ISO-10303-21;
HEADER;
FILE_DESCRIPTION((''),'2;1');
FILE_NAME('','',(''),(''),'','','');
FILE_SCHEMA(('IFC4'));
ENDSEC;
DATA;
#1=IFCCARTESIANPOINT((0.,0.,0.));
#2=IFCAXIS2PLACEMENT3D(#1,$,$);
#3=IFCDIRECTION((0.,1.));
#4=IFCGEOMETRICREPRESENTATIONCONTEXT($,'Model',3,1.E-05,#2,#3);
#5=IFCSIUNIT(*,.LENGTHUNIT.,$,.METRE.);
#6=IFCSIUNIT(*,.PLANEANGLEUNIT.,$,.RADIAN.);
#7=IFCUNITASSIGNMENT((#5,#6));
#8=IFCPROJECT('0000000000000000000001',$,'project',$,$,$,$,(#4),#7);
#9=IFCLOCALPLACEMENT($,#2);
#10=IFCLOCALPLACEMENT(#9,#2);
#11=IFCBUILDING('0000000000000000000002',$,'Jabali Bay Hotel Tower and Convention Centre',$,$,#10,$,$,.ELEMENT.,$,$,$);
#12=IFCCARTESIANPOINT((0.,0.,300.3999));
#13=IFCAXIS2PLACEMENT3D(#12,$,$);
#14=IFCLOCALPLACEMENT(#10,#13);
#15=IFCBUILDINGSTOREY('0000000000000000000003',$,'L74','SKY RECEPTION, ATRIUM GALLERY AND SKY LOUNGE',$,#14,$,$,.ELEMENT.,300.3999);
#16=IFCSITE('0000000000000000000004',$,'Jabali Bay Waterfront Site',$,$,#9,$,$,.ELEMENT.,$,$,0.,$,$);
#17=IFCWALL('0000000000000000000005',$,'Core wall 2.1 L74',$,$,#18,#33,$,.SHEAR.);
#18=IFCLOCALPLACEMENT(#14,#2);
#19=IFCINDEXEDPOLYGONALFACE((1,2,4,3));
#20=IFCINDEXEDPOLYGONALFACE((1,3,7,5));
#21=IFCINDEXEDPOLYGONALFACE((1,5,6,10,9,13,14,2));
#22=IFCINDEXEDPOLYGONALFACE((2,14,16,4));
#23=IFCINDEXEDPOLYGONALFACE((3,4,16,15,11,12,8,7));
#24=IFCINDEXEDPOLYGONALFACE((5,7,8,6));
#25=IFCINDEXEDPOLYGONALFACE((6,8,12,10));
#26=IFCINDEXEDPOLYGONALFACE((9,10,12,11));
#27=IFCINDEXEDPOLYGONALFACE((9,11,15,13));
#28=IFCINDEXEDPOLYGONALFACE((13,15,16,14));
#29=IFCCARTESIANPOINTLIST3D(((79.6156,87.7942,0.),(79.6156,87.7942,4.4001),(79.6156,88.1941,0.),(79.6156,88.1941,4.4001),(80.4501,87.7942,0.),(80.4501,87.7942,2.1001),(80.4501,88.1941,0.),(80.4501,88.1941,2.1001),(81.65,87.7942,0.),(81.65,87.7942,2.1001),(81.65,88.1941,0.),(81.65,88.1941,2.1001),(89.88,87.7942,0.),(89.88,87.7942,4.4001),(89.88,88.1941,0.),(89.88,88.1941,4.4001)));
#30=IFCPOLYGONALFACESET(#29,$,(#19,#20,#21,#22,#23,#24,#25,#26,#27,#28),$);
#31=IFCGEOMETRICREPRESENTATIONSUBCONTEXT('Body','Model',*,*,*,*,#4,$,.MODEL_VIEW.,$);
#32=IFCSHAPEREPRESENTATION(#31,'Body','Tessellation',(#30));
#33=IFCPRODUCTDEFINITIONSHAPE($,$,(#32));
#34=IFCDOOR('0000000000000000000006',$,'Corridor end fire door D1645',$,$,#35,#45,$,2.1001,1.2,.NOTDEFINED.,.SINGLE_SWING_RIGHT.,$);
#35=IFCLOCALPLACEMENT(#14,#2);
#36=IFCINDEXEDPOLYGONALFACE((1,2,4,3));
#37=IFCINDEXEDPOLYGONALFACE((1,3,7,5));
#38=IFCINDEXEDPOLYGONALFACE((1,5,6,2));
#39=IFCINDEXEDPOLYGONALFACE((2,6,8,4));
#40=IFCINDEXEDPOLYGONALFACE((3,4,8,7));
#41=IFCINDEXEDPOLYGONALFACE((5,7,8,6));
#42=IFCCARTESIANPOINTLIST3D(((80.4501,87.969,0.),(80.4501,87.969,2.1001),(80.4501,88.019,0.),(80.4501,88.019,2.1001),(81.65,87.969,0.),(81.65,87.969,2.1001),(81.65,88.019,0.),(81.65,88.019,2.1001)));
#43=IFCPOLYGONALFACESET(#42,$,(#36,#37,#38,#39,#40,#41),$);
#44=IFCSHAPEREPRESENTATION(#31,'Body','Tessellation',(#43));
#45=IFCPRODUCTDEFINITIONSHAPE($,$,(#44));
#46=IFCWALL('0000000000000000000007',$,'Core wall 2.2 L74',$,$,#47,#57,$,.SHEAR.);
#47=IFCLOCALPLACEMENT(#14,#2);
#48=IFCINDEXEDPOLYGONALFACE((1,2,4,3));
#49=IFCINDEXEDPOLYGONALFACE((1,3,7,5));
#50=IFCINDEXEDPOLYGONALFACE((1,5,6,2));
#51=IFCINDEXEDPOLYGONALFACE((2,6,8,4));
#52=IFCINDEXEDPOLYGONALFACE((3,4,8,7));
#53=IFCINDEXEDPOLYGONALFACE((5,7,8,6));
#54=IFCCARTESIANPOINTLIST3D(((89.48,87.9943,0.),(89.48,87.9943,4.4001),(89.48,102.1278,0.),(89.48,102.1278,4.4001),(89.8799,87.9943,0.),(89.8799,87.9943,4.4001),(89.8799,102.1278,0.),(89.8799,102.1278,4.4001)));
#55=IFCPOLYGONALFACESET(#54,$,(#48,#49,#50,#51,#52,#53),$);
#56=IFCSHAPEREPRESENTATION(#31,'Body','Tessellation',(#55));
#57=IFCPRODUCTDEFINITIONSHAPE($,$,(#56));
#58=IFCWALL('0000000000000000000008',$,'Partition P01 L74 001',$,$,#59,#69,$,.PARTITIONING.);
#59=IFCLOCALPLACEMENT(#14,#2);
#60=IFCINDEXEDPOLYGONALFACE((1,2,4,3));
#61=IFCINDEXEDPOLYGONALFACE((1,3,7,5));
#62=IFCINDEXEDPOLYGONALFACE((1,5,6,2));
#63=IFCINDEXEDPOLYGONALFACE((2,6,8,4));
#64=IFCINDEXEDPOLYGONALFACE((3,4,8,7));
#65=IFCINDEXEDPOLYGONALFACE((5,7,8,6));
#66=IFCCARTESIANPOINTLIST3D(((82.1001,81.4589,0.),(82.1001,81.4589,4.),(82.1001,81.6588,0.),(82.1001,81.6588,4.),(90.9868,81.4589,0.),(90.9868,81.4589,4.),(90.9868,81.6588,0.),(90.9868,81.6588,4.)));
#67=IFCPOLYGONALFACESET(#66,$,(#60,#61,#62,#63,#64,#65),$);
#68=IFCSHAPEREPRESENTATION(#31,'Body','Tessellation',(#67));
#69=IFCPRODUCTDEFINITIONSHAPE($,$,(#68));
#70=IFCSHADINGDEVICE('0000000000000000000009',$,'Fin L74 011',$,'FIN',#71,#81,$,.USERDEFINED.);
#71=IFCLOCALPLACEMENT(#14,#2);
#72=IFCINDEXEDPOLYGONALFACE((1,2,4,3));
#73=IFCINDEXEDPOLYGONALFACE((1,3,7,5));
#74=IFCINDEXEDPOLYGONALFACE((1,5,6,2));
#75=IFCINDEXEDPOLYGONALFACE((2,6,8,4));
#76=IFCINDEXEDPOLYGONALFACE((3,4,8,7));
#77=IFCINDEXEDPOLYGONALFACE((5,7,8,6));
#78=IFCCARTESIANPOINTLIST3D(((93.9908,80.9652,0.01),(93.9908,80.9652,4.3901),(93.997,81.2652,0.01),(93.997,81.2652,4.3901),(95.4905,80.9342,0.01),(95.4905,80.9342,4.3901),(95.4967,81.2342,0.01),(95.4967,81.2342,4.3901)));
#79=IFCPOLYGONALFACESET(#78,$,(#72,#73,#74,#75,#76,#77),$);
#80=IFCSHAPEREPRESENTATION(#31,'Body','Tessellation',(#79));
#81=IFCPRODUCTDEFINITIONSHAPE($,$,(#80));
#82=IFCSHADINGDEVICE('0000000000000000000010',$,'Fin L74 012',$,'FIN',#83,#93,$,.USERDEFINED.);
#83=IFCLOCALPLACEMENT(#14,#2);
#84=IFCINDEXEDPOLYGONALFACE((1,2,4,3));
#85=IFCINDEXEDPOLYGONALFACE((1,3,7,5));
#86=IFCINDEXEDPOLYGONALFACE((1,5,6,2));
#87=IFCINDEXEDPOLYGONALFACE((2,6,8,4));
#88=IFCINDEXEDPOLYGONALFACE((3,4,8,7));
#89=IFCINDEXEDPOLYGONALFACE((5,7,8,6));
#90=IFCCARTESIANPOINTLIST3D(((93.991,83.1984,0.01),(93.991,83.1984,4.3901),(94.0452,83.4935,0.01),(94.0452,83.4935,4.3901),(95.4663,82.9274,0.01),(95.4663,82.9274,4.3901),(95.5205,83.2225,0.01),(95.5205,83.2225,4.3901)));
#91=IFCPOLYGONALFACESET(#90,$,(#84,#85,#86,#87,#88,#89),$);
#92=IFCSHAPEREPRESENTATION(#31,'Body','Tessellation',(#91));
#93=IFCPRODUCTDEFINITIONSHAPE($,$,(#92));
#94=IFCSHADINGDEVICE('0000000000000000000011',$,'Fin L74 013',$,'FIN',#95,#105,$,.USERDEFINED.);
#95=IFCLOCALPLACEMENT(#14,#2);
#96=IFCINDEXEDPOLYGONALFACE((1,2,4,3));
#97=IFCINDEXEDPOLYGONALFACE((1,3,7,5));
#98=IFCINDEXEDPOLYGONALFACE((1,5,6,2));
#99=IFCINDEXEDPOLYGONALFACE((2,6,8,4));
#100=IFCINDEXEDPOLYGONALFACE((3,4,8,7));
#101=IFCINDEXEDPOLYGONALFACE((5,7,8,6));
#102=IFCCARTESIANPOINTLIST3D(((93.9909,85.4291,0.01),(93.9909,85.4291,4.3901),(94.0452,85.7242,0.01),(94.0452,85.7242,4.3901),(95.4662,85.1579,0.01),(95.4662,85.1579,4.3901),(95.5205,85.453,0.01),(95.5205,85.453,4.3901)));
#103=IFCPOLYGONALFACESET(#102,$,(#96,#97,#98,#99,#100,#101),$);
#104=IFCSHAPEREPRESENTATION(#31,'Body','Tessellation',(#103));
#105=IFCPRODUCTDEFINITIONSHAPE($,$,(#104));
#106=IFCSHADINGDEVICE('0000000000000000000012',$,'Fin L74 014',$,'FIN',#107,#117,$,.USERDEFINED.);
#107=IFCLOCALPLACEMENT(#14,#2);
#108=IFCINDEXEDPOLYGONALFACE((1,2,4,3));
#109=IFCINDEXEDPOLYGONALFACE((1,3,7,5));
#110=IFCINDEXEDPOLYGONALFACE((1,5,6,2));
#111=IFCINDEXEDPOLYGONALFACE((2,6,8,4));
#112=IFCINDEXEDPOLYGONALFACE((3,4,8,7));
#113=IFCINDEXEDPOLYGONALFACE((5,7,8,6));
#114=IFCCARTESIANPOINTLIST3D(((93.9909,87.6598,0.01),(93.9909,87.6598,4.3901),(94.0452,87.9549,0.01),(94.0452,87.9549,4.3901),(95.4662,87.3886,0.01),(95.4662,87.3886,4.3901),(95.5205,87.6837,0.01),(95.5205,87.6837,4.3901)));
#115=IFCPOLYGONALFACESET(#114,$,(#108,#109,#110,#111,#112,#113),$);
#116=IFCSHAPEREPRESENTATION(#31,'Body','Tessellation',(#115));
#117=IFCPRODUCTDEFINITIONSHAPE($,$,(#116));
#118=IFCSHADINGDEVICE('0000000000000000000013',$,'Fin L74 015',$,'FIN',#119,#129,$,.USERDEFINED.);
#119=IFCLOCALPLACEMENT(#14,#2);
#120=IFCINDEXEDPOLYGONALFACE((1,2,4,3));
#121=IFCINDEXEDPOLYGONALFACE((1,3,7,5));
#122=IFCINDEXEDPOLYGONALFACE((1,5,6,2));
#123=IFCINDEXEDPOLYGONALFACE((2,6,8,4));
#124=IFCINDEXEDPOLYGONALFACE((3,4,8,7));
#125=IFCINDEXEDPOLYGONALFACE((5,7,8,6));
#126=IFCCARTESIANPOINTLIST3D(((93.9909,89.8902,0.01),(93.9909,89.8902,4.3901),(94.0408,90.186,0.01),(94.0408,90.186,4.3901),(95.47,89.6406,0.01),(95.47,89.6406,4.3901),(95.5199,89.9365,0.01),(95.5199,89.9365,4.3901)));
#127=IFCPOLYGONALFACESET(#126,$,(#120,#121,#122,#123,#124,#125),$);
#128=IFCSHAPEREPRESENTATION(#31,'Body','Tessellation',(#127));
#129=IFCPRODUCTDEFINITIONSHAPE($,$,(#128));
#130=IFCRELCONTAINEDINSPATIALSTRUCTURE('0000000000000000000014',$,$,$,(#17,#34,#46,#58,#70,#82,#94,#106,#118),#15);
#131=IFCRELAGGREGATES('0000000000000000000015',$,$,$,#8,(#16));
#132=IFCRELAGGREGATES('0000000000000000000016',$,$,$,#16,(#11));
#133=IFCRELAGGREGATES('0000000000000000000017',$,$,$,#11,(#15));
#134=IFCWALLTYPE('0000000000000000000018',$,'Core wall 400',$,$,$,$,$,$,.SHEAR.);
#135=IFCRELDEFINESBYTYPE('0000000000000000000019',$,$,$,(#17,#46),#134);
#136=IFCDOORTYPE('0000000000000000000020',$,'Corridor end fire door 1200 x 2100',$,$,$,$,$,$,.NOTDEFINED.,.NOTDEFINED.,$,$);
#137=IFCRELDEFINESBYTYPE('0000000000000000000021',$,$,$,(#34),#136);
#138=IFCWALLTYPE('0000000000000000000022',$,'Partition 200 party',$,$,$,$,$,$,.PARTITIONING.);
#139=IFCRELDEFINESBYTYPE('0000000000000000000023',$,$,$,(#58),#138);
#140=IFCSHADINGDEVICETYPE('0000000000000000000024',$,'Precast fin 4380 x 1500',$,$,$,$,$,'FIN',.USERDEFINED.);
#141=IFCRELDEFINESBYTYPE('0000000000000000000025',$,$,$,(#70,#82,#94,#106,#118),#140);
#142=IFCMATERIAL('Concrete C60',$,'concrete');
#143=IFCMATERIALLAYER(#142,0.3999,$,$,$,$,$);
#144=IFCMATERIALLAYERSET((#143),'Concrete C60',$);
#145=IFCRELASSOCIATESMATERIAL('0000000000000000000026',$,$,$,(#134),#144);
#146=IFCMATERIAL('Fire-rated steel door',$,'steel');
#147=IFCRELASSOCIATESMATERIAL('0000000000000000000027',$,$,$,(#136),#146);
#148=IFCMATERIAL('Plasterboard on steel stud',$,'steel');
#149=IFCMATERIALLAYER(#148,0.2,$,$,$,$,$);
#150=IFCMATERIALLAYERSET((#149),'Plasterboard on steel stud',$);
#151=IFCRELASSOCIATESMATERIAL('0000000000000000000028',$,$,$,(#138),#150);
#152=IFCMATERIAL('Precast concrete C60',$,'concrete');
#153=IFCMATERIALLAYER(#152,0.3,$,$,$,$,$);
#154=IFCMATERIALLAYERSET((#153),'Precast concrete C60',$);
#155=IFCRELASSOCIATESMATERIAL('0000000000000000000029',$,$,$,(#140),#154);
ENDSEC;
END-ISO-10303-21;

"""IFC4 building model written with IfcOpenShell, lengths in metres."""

from ifc_helpers import new_model, si_unit, direction, frame, frame_2d, origin, place, context, subcontext, project, spatial, rectangle, extrude, material, layer, layer_set, type_object, element, fill, save


model = new_model("IFC4")

# Units and contexts
model_context = context("Model", 3, precision=1e-05, world=origin(), true_north=direction((0.0, 1.0)))
body_context = subcontext(model_context, "Body", "Model", "MODEL_VIEW")
ifc_project = project(units=[si_unit("LENGTHUNIT", "METRE"), si_unit("PLANEANGLEUNIT", "RADIAN")], contexts=[model_context])

# Site, building, storey
site_placement = place(None, origin())
site = spatial("IfcSite", under=ifc_project, at=site_placement, Name="Jabali Bay Waterfront Site", CompositionType="ELEMENT", RefElevation=0.0)
building_placement = place(site_placement, origin())
building = spatial("IfcBuilding", under=site, at=building_placement, Name="Jabali Bay Hotel Tower and Convention Centre", CompositionType="ELEMENT")
storey_placement = place(building_placement, frame((0.0, 0.0, 300.3999)))
storey = spatial("IfcBuildingStorey", under=building, at=storey_placement, Name="L74", Description="SKY RECEPTION, ATRIUM GALLERY AND SKY LOUNGE", CompositionType="ELEMENT", Elevation=300.3999)

# Shared definitions
ifc_material_1 = material(Name="Concrete C60", Category="concrete")

# Shared definitions
ifc_material_2 = material(Name="Fire-rated steel door", Category="steel")

# Wall, opening, door
ifc_layer_1 = layer(ifc_material_1, 0.3999)
ifc_layer_set_1 = layer_set([ifc_layer_1], Name="Concrete C60")
wall_type_1 = type_object("IfcWallType", Name="Core wall 400", PredefinedType="SHEAR", material=ifc_layer_set_1)
wall_1_placement = place(storey_placement, frame((79.6155, 87.9941, 0.0), z_axis=(0.0, 0.0, 1.0), x_axis=(1.0, 0.0, 0.0)))
wall_1 = element("IfcWall", 1, at=wall_1_placement, inside=storey, type_object=wall_type_1, Name="Core wall 2.1 L74", PredefinedType="SHEAR", context=body_context, shape_type="SweptSolid", body=[
    extrude(rectangle(XDim=10.2644, YDim=0.3999, at=frame_2d((5.1323, 0.0))), origin(), (0.0, 0.0, 1.0), 4.4001),
])
opening_1_placement = place(wall_1_placement, frame((0.8345, 0.0, 0.0)))
opening_1 = element("IfcOpeningElement", 2, at=opening_1_placement, cuts=wall_1, PredefinedType="OPENING", context=body_context, shape_type="SweptSolid", body=[
    extrude(rectangle(XDim=1.2, YDim=2.1001, at=frame_2d((0.6001, 1.05))), frame((0.0, 0.2104, 0.0), z_axis=(0.0, -1.0, 0.0), x_axis=(1.0, 0.0, 0.0)), (0.0, 0.0, 1.0), 0.4209),
])
door_type_1 = type_object("IfcDoorType", Name="Corridor end fire door 1200 x 2100", OperationType="NOTDEFINED", PredefinedType="NOTDEFINED", material=ifc_material_2)
door_1_placement = place(opening_1_placement, origin())
door_1 = element("IfcDoor", 3, at=door_1_placement, inside=storey, type_object=door_type_1, Name="Corridor end fire door D1645", OperationType="SINGLE_SWING_RIGHT", OverallHeight=2.1001, OverallWidth=1.2, PredefinedType="NOTDEFINED", context=body_context, shape_type="SweptSolid", body=[
    extrude(rectangle(XDim=1.2, YDim=2.1001, at=frame_2d((0.6001, 1.05))), frame((0.0, 0.0249, 0.0), z_axis=(0.0, -1.0, 0.0), x_axis=(1.0, 0.0, 0.0)), (0.0, 0.0, 1.0), 0.05),
])
fill(opening_1, door_1)

# Walls
wall_2_placement = place(storey_placement, frame((89.6799, 87.9941, 0.0), z_axis=(0.0, 0.0, 1.0), x_axis=(0.0, 1.0, 0.0)))
element("IfcWall", 4, at=wall_2_placement, inside=storey, type_object=wall_type_1, Name="Core wall 2.2 L74", PredefinedType="SHEAR", context=body_context, shape_type="SweptSolid", body=[
    extrude(rectangle(XDim=14.1335, YDim=0.3999, at=frame_2d((7.0669, 0.0))), origin(), (0.0, 0.0, 1.0), 4.4001),
])
ifc_material_3 = material(Name="Plasterboard on steel stud", Category="steel")
ifc_layer_2 = layer(ifc_material_3, 0.2)
ifc_layer_set_2 = layer_set([ifc_layer_2], Name="Plasterboard on steel stud")
wall_type_2 = type_object("IfcWallType", Name="Partition 200 party", PredefinedType="PARTITIONING", material=ifc_layer_set_2)
wall_3_placement = place(storey_placement, frame((90.9868, 81.5588, 0.0), z_axis=(0.0, 0.0, 1.0), x_axis=(-1.0, 0.0, 0.0)))
element("IfcWall", 5, at=wall_3_placement, inside=storey, type_object=wall_type_2, Name="Partition P01 L74 001", PredefinedType="PARTITIONING", context=body_context, shape_type="SweptSolid", body=[
    extrude(rectangle(XDim=8.8867, YDim=0.2, at=frame_2d((4.4434, 0.0))), origin(), (0.0, 0.0, 1.0), 4.0),
])

# Shading devices
ifc_material_4 = material(Name="Precast concrete C60", Category="concrete")
ifc_layer_3 = layer(ifc_material_4, 0.3)
ifc_layer_set_3 = layer_set([ifc_layer_3], Name="Precast concrete C60")
shading_device_type = type_object("IfcShadingDeviceType", Name="Precast fin 4380 x 1500", ElementType="FIN", PredefinedType="USERDEFINED", material=ifc_layer_set_3)
for number, where, z_axis, x_axis, name in (
    (6, (93.9939, 81.1152, 0.01), (0.0, 0.0, 1.0), (0.999786, -0.02067, 0.0), "Fin L74 011"),
    (7, (94.0181, 83.3459, 0.01), (0.0, 0.0, 1.0), (0.983545, -0.180661, 0.0), "Fin L74 012"),
    (8, (94.0181, 85.5767, 0.01), (0.0, 0.0, 1.0), (0.983516, -0.180819, 0.0), "Fin L74 013"),
    (9, (94.0181, 87.8074, 0.01), (0.0, 0.0, 1.0), (0.983516, -0.180819, 0.0), "Fin L74 014"),
    (10, (94.0159, 90.0381, 0.01), (0.0, 0.0, 1.0), (0.986066, -0.166352, 0.0), "Fin L74 015"),
):
    element("IfcShadingDevice", number, at=place(storey_placement, frame(where, z_axis=z_axis, x_axis=x_axis)), inside=storey, type_object=shading_device_type, Name=name, ObjectType="FIN", PredefinedType="USERDEFINED", context=body_context, shape_type="SweptSolid", body=[
        extrude(rectangle(XDim=1.5, YDim=0.3, at=frame_2d((0.75, 0.0))), origin(), (0.0, 0.0, 1.0), 4.3801),
    ])

save(model, "model.ifc")
